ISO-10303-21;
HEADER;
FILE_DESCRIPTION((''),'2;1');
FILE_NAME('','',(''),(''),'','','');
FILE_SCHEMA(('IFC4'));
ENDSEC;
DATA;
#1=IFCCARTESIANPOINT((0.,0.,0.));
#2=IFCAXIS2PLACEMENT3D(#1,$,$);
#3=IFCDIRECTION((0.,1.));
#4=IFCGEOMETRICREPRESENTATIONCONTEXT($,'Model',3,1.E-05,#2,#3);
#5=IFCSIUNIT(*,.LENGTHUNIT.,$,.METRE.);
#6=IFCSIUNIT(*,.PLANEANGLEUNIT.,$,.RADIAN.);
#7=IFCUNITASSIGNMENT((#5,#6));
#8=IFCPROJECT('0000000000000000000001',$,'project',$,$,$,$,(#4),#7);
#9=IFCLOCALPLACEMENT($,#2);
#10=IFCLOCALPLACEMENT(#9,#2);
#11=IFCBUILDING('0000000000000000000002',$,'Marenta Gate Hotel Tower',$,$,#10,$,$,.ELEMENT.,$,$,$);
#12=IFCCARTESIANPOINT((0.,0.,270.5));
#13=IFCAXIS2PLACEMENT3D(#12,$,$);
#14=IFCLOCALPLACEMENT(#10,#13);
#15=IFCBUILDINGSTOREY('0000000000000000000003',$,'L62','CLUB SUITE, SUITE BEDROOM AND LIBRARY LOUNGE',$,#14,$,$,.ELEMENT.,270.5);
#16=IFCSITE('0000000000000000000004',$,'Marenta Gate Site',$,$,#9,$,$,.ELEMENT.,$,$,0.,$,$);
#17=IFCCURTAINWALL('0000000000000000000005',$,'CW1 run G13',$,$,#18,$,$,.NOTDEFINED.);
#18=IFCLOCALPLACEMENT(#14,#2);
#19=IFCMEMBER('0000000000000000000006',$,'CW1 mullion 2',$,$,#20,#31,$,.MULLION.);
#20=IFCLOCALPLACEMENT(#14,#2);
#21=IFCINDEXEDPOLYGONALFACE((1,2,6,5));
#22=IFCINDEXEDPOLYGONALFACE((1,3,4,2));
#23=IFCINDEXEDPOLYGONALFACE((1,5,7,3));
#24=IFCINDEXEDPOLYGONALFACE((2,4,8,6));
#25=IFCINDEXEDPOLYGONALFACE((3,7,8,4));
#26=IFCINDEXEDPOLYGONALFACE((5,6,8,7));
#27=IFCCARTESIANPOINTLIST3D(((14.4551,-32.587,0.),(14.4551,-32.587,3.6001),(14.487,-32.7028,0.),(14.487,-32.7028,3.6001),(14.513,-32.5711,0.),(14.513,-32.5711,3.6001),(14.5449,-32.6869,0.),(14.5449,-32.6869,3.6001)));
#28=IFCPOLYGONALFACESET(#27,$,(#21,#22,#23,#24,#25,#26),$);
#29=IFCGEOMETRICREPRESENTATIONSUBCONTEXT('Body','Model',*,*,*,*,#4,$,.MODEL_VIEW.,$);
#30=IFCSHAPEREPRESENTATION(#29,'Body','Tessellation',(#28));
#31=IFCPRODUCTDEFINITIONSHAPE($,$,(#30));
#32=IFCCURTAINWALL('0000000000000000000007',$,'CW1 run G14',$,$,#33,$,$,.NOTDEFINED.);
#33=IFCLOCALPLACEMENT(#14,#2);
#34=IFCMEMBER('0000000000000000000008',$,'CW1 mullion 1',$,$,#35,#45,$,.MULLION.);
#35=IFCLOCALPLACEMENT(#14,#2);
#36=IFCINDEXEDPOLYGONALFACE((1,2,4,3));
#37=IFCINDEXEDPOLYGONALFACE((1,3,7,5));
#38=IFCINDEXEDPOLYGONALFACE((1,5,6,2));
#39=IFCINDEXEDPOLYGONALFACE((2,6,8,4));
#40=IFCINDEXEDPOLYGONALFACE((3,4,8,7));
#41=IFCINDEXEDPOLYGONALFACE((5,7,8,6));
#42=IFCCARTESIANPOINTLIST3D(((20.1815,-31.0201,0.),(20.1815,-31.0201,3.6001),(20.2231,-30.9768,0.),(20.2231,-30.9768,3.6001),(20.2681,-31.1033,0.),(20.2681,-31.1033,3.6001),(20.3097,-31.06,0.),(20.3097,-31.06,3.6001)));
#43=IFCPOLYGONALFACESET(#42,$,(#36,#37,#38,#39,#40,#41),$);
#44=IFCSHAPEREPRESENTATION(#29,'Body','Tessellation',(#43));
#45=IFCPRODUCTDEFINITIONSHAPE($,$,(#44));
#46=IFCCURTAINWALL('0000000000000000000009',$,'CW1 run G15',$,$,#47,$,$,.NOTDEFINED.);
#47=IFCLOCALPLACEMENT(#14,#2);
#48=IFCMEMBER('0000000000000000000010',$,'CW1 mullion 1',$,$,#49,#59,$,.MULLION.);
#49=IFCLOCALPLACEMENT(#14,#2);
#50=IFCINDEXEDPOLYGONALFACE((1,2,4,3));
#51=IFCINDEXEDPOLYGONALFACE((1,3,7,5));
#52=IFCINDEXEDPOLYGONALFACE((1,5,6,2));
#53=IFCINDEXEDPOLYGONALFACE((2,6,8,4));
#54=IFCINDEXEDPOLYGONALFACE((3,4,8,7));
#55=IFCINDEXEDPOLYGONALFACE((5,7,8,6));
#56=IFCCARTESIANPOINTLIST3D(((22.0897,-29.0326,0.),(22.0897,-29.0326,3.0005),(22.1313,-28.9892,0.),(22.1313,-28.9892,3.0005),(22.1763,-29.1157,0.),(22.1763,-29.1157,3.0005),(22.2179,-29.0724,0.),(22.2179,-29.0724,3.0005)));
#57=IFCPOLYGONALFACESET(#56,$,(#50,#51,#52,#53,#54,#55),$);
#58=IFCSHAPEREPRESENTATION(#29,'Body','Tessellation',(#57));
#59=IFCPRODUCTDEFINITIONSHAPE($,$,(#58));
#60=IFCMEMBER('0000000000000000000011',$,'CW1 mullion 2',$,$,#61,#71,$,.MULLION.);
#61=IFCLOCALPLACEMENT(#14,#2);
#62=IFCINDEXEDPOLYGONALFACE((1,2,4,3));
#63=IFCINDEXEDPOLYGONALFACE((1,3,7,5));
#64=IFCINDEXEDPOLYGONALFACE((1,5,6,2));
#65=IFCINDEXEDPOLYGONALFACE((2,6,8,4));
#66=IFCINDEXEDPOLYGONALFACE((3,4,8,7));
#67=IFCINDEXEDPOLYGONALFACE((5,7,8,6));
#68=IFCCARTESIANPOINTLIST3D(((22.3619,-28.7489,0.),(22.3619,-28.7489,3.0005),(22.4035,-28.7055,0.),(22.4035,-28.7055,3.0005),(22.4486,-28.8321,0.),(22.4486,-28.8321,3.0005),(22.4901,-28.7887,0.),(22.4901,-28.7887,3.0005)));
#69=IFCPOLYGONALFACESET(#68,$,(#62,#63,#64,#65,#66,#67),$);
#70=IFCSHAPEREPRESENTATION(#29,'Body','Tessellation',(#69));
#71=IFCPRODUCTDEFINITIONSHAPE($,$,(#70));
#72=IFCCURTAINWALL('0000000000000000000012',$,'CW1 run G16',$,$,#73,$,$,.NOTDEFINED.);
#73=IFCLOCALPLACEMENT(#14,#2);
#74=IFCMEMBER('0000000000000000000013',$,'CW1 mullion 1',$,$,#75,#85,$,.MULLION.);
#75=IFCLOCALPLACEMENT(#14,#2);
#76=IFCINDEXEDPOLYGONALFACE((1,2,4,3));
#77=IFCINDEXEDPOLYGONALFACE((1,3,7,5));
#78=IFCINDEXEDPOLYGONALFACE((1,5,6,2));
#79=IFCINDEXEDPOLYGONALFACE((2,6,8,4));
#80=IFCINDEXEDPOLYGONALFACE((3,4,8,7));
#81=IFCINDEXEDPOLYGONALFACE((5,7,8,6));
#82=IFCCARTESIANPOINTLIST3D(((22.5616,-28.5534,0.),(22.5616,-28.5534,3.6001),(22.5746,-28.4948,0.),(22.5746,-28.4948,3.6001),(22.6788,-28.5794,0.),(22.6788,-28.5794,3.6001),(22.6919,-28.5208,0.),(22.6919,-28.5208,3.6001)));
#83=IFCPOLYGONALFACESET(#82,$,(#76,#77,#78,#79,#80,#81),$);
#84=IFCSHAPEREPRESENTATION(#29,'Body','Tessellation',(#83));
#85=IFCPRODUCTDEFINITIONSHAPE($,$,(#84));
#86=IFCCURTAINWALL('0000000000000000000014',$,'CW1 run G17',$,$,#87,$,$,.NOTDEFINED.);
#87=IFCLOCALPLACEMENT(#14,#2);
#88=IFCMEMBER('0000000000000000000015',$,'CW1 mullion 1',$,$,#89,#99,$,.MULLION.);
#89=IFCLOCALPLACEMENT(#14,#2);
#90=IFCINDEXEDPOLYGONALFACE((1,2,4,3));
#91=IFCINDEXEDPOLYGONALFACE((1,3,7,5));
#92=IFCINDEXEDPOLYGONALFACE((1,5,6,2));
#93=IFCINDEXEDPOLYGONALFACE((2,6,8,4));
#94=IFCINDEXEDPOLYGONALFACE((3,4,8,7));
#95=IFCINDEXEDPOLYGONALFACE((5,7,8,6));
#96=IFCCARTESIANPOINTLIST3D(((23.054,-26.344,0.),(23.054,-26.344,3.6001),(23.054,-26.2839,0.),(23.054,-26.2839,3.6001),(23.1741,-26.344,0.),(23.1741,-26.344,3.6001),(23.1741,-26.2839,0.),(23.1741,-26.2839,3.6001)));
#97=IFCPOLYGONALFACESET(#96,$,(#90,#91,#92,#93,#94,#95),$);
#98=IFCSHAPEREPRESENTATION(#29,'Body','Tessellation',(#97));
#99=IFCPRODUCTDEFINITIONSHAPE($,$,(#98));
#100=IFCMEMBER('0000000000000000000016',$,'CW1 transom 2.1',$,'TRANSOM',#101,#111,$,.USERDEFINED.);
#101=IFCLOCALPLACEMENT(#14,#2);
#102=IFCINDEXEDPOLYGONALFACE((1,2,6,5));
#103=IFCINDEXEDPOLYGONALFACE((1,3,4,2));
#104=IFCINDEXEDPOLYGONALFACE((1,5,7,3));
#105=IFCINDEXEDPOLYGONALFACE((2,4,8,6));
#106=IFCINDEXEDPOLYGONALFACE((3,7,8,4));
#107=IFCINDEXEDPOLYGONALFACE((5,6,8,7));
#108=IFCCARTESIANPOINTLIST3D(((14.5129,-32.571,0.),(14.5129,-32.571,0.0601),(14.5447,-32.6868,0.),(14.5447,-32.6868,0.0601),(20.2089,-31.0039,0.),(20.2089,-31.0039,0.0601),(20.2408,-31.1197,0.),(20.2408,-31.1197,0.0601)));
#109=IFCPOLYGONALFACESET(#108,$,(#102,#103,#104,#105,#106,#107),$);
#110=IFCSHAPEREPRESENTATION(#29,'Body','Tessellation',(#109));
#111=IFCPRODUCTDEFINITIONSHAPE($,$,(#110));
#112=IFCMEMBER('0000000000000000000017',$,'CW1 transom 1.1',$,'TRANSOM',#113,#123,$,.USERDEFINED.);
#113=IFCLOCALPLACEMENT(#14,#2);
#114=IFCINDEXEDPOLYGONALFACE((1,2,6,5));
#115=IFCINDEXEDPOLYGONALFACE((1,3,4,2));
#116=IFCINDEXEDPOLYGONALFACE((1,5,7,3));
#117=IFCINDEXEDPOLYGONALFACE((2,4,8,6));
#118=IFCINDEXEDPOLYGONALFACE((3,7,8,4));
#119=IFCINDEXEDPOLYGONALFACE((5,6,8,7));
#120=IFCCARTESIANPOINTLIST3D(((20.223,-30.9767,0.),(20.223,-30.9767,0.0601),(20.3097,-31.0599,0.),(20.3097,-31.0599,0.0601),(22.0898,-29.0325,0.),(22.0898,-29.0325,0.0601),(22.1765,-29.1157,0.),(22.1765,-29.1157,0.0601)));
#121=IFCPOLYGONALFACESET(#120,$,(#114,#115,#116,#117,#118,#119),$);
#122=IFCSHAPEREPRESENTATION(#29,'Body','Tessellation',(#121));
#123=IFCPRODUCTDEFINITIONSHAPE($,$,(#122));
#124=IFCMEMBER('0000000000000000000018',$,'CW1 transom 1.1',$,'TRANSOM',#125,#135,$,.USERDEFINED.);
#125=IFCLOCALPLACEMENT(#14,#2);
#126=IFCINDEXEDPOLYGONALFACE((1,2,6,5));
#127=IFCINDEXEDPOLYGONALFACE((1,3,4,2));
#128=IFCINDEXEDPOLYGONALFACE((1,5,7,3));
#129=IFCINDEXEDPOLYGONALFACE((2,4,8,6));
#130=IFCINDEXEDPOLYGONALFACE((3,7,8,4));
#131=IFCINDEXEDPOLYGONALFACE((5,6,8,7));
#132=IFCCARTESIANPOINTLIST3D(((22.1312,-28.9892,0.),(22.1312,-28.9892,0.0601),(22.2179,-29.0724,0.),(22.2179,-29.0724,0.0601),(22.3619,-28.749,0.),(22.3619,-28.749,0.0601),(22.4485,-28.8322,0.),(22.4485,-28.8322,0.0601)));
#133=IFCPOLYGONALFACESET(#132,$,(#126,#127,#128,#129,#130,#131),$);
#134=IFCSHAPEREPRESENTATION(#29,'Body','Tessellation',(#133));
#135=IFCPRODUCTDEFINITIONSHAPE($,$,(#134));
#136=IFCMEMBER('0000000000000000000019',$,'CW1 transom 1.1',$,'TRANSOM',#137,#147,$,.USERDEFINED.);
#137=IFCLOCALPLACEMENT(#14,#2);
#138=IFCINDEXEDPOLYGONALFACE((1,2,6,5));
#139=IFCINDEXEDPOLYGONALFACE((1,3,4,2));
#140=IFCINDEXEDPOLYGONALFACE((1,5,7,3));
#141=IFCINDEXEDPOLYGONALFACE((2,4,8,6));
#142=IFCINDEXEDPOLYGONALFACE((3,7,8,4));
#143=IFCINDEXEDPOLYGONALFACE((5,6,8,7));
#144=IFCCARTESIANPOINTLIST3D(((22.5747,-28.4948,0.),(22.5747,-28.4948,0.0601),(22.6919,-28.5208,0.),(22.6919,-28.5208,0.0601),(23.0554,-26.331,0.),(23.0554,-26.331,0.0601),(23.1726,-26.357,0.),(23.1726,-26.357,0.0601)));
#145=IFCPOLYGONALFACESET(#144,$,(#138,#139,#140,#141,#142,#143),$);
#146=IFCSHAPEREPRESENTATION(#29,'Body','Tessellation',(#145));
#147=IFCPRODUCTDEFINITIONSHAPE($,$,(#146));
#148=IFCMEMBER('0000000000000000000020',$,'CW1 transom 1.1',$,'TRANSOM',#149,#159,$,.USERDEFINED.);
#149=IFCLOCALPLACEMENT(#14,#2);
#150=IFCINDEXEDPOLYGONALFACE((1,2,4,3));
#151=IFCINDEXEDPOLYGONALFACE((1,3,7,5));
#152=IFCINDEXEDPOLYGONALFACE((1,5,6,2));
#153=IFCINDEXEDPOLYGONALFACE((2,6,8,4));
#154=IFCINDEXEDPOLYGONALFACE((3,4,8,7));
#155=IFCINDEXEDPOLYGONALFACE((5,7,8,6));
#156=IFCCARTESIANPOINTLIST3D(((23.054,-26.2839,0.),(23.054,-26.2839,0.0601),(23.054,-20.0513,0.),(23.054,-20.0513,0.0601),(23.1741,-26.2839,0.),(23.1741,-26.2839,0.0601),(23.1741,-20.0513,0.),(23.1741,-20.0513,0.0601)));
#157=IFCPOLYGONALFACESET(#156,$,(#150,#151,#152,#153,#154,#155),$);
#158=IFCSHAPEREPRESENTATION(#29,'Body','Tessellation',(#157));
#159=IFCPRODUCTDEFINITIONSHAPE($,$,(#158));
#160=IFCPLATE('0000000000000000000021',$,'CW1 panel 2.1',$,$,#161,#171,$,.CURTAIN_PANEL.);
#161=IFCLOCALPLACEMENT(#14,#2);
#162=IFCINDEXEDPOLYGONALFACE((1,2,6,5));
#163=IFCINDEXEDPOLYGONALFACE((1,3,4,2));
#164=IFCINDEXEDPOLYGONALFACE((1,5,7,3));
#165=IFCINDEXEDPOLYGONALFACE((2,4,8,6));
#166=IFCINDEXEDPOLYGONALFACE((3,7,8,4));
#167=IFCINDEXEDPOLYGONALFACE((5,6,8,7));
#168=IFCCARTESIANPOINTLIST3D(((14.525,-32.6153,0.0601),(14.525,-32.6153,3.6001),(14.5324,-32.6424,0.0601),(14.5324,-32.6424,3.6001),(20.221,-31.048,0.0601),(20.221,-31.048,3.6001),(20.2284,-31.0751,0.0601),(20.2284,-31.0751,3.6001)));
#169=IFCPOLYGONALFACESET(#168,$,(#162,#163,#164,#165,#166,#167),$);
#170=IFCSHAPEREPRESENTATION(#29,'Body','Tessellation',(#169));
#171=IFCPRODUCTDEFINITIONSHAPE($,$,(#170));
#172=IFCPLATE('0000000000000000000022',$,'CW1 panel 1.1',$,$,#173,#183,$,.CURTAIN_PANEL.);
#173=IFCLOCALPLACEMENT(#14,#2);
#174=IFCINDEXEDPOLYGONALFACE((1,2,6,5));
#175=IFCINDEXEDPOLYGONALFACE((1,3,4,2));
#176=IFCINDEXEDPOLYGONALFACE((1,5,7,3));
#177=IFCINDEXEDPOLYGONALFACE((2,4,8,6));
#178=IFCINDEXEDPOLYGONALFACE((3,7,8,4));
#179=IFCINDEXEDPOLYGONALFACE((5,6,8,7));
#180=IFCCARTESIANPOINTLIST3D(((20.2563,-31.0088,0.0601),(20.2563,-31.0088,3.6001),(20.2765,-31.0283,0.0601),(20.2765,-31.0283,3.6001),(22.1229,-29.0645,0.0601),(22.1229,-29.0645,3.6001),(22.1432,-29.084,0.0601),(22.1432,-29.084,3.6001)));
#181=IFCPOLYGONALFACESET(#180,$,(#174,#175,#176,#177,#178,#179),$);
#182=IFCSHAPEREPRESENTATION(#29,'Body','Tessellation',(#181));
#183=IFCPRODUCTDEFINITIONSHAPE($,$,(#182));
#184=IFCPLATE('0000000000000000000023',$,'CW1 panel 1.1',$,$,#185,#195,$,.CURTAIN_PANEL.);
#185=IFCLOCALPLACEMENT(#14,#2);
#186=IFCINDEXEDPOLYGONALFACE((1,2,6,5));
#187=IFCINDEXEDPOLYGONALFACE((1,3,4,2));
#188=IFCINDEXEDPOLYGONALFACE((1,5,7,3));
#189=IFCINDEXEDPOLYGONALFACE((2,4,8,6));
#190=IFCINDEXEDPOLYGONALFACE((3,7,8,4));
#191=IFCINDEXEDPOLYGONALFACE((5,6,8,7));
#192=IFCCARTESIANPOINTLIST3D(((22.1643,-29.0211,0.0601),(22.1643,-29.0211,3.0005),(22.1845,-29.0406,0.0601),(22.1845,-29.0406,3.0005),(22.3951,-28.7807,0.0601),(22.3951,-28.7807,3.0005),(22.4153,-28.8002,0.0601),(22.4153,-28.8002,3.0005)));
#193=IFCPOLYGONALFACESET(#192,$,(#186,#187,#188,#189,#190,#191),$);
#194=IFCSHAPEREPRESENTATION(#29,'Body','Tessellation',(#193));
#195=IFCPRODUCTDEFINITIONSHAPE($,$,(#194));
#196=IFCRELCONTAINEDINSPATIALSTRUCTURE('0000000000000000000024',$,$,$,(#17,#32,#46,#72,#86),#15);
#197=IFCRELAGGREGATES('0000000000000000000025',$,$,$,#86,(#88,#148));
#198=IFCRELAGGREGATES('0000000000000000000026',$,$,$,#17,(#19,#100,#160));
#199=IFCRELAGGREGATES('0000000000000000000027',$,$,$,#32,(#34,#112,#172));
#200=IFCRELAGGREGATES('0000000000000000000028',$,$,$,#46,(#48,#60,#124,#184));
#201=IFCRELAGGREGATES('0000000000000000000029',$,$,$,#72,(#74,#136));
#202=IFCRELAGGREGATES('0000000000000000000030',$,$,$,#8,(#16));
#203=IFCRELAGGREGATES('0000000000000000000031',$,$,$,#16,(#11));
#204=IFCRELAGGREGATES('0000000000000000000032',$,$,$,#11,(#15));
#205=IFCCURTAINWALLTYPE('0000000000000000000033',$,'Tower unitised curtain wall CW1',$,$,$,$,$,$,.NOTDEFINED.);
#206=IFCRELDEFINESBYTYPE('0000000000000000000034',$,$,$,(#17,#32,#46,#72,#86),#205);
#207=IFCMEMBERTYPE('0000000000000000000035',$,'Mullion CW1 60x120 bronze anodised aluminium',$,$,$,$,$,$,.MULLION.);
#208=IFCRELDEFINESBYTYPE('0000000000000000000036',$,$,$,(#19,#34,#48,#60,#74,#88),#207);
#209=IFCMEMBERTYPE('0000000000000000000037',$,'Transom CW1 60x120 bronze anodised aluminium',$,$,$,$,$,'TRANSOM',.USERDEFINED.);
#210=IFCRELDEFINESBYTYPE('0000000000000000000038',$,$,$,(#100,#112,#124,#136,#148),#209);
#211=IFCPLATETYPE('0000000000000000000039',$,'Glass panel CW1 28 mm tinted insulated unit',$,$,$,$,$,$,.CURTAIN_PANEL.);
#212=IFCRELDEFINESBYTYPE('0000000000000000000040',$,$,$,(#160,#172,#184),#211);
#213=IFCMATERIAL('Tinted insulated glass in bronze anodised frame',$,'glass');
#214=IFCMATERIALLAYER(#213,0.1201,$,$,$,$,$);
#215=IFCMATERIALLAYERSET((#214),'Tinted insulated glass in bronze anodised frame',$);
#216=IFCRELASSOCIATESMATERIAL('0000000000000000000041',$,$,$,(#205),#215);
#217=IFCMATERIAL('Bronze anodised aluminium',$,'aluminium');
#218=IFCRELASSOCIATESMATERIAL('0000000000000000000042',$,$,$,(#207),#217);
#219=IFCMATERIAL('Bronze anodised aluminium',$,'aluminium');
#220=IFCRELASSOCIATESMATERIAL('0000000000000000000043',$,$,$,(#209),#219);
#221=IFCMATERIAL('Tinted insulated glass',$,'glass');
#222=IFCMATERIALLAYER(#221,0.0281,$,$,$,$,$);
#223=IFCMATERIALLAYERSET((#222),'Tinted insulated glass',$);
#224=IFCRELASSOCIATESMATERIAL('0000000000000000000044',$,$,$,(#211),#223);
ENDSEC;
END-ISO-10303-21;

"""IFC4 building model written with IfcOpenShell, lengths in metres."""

from ifc_helpers import new_model, si_unit, direction, frame, origin, origin_2d, place, context, subcontext, project, spatial, rectangle, extrude, material, layer, layer_set, material_profile, profile_set, type_object, element, aggregate, save


model = new_model("IFC4")

# Units and contexts
model_context = context("Model", 3, precision=1e-05, world=origin(), true_north=direction((0.0, 1.0)))
body_context = subcontext(model_context, "Body", "Model", "MODEL_VIEW")
ifc_project = project(units=[si_unit("LENGTHUNIT", "METRE"), si_unit("PLANEANGLEUNIT", "RADIAN")], contexts=[model_context])

# Site, building, storey
site_placement = place(None, origin())
site = spatial("IfcSite", under=ifc_project, at=site_placement, Name="Marenta Gate Site", CompositionType="ELEMENT", RefElevation=0.0)
building_placement = place(site_placement, origin())
building = spatial("IfcBuilding", under=site, at=building_placement, Name="Marenta Gate Hotel Tower", CompositionType="ELEMENT")
storey_placement = place(building_placement, frame((0.0, 0.0, 270.5)))
storey = spatial("IfcBuildingStorey", under=building, at=storey_placement, Name="L62", Description="CLUB SUITE, SUITE BEDROOM AND LIBRARY LOUNGE", CompositionType="ELEMENT", Elevation=270.5)

# Curtain walls, members
ifc_material_1 = material(Name="Tinted insulated glass in bronze anodised frame", Category="glass")
ifc_layer_1 = layer(ifc_material_1, 0.1201)
ifc_layer_set_1 = layer_set([ifc_layer_1], Name="Tinted insulated glass in bronze anodised frame")
curtain_wall_type = type_object("IfcCurtainWallType", Name="Tower unitised curtain wall CW1", PredefinedType="NOTDEFINED", material=ifc_layer_set_1)
curtain_wall_1_placement = place(storey_placement, origin())
curtain_wall_1 = element("IfcCurtainWall", 1, at=curtain_wall_1_placement, inside=storey, type_object=curtain_wall_type, Name="CW1 run G13", PredefinedType="NOTDEFINED")
ifc_material_2 = material(Name="Bronze anodised aluminium", Category="aluminium")
ifc_material_profile_1 = material_profile(ifc_material_2, rectangle(XDim=0.1201, YDim=0.0601, at=origin_2d()), Name="Mullion CW1 60x120 bronze anodised aluminium")
ifc_profile_set_1 = profile_set([ifc_material_profile_1], Name="Bronze anodised aluminium")
member_type_1 = type_object("IfcMemberType", Name="Mullion CW1 60x120 bronze anodised aluminium", PredefinedType="MULLION", material=ifc_profile_set_1)
member_1_placement = place(storey_placement, frame((14.5, -32.637, 0.0), z_axis=(0.0, 0.0, 1.0), x_axis=(-0.265292, 0.964168, 0.0)))
member_1 = element("IfcMember", 2, at=member_1_placement, type_object=member_type_1, Name="CW1 mullion 2", PredefinedType="MULLION", context=body_context, shape_type="SweptSolid", body=[
    extrude(rectangle(XDim=0.1201, YDim=0.0601, at=origin_2d()), origin(), (0.0, 0.0, 1.0), 3.6001),
])
curtain_wall_2_placement = place(storey_placement, origin())
curtain_wall_2 = element("IfcCurtainWall", 3, at=curtain_wall_2_placement, inside=storey, type_object=curtain_wall_type, Name="CW1 run G14", PredefinedType="NOTDEFINED")
member_2_placement = place(storey_placement, frame((20.2456, -31.04, 0.0), z_axis=(0.0, 0.0, 1.0), x_axis=(-0.721368, 0.692551, 0.0)))
member_2 = element("IfcMember", 4, at=member_2_placement, type_object=member_type_1, Name="CW1 mullion 1", PredefinedType="MULLION", context=body_context, shape_type="SweptSolid", body=[
    extrude(rectangle(XDim=0.1201, YDim=0.0601, at=origin_2d()), origin(), (0.0, 0.0, 1.0), 3.6001),
])

# Curtain wall, members
curtain_wall_3_placement = place(storey_placement, origin())
curtain_wall_3 = element("IfcCurtainWall", 5, at=curtain_wall_3_placement, inside=storey, type_object=curtain_wall_type, Name="CW1 run G15", PredefinedType="NOTDEFINED")
member_3_placement = place(storey_placement, frame((22.1538, -29.0525, 0.0), z_axis=(0.0, 0.0, 1.0), x_axis=(-0.721414, 0.692504, 0.0)))
member_3 = element("IfcMember", 6, at=member_3_placement, type_object=member_type_1, Name="CW1 mullion 1", PredefinedType="MULLION", context=body_context, shape_type="SweptSolid", body=[
    extrude(rectangle(XDim=0.1201, YDim=0.0601, at=origin_2d()), origin(), (0.0, 0.0, 1.0), 3.0005),
])
member_4_placement = place(storey_placement, frame((22.426, -28.7688, 0.0), z_axis=(0.0, 0.0, 1.0), x_axis=(-0.721414, 0.692504, 0.0)))
member_4 = element("IfcMember", 7, at=member_4_placement, type_object=member_type_1, Name="CW1 mullion 2", PredefinedType="MULLION", context=body_context, shape_type="SweptSolid", body=[
    extrude(rectangle(XDim=0.1201, YDim=0.0601, at=origin_2d()), origin(), (0.0, 0.0, 1.0), 3.0005),
])

# Curtain walls, members
curtain_wall_4_placement = place(storey_placement, origin())
curtain_wall_4 = element("IfcCurtainWall", 8, at=curtain_wall_4_placement, inside=storey, type_object=curtain_wall_type, Name="CW1 run G16", PredefinedType="NOTDEFINED")
member_5_placement = place(storey_placement, frame((22.6267, -28.5371, 0.0), z_axis=(0.0, 0.0, 1.0), x_axis=(-0.976207, 0.216842, 0.0)))
member_5 = element("IfcMember", 9, at=member_5_placement, type_object=member_type_1, Name="CW1 mullion 1", PredefinedType="MULLION", context=body_context, shape_type="SweptSolid", body=[
    extrude(rectangle(XDim=0.1201, YDim=0.0601, at=origin_2d()), origin(), (0.0, 0.0, 1.0), 3.6001),
])
curtain_wall_5_placement = place(storey_placement, origin())
curtain_wall_5 = element("IfcCurtainWall", 10, at=curtain_wall_5_placement, inside=storey, type_object=curtain_wall_type, Name="CW1 run G17", PredefinedType="NOTDEFINED")
member_6_placement = place(storey_placement, frame((23.114, -26.314, 0.0), z_axis=(0.0, 0.0, 1.0), x_axis=(-1.0, 0.0, 0.0)))
member_6 = element("IfcMember", 11, at=member_6_placement, type_object=member_type_1, Name="CW1 mullion 1", PredefinedType="MULLION", context=body_context, shape_type="SweptSolid", body=[
    extrude(rectangle(XDim=0.1201, YDim=0.0601, at=origin_2d()), origin(), (0.0, 0.0, 1.0), 3.6001),
])

# Members
ifc_material_3 = material(Name="Bronze anodised aluminium", Category="aluminium")
ifc_material_profile_2 = material_profile(ifc_material_3, rectangle(XDim=0.1201, YDim=0.0601, at=origin_2d()), Name="Transom CW1 60x120 bronze anodised aluminium")
ifc_profile_set_2 = profile_set([ifc_material_profile_2], Name="Bronze anodised aluminium")
member_type_2 = type_object("IfcMemberType", Name="Transom CW1 60x120 bronze anodised aluminium", ElementType="TRANSOM", PredefinedType="USERDEFINED", material=ifc_profile_set_2)
member_7_placement = place(storey_placement, frame((14.5288, -32.6289, 0.03), z_axis=(0.964174, 0.265271, 0.0), x_axis=(-0.265271, 0.964174, 0.0)))
member_7 = element("IfcMember", 12, at=member_7_placement, type_object=member_type_2, Name="CW1 transom 2.1", ObjectType="TRANSOM", PredefinedType="USERDEFINED", context=body_context, shape_type="SweptSolid", body=[
    extrude(rectangle(XDim=0.1201, YDim=0.0601, at=origin_2d()), origin(), (0.0, 0.0, 1.0), 5.9077),
])
member_8_placement = place(storey_placement, frame((20.2664, -31.0183, 0.03), z_axis=(0.692603, 0.721319, 0.0), x_axis=(-0.721319, 0.692603, 0.0)))
member_8 = element("IfcMember", 13, at=member_8_placement, type_object=member_type_2, Name="CW1 transom 1.1", ObjectType="TRANSOM", PredefinedType="USERDEFINED", context=body_context, shape_type="SweptSolid", body=[
    extrude(rectangle(XDim=0.1201, YDim=0.0601, at=origin_2d()), origin(), (0.0, 0.0, 1.0), 2.6953),
])
member_9_placement = place(storey_placement, frame((22.1746, -29.0308, 0.03), z_axis=(0.692669, 0.721255, 0.0), x_axis=(-0.721255, 0.692669, 0.0)))
member_9 = element("IfcMember", 14, at=member_9_placement, type_object=member_type_2, Name="CW1 transom 1.1", ObjectType="TRANSOM", PredefinedType="USERDEFINED", context=body_context, shape_type="SweptSolid", body=[
    extrude(rectangle(XDim=0.1201, YDim=0.0601, at=origin_2d()), origin(), (0.0, 0.0, 1.0), 0.333),
])
member_10_placement = place(storey_placement, frame((22.6333, -28.5078, 0.03), z_axis=(0.216872, 0.9762, 0.0), x_axis=(-0.9762, 0.216872, 0.0)))
member_10 = element("IfcMember", 15, at=member_10_placement, type_object=member_type_2, Name="CW1 transom 1.1", ObjectType="TRANSOM", PredefinedType="USERDEFINED", context=body_context, shape_type="SweptSolid", body=[
    extrude(rectangle(XDim=0.1201, YDim=0.0601, at=origin_2d()), origin(), (0.0, 0.0, 1.0), 2.2166),
])
member_11_placement = place(storey_placement, frame((23.114, -26.2839, 0.03), z_axis=(0.0, 1.0, 0.0), x_axis=(-1.0, 0.0, 0.0)))
member_11 = element("IfcMember", 16, at=member_11_placement, type_object=member_type_2, Name="CW1 transom 1.1", ObjectType="TRANSOM", PredefinedType="USERDEFINED", context=body_context, shape_type="SweptSolid", body=[
    extrude(rectangle(XDim=0.1201, YDim=0.0601, at=origin_2d()), origin(), (0.0, 0.0, 1.0), 6.2327),
])
aggregate(curtain_wall_5, [member_6, member_11])

# Plates
ifc_material_4 = material(Name="Tinted insulated glass", Category="glass")
ifc_layer_2 = layer(ifc_material_4, 0.0281)
ifc_layer_set_2 = layer_set([ifc_layer_2], Name="Tinted insulated glass")
plate_type = type_object("IfcPlateType", Name="Glass panel CW1 28 mm tinted insulated unit", PredefinedType="CURTAIN_PANEL", material=ifc_layer_set_2)
plate_1_placement = place(storey_placement, frame((17.3767, -31.8452, 0.0601), z_axis=(0.0, 0.0, 1.0), x_axis=(0.964168, 0.265292, 0.0)))
plate_1 = element("IfcPlate", 17, at=plate_1_placement, type_object=plate_type, Name="CW1 panel 2.1", PredefinedType="CURTAIN_PANEL", context=body_context, shape_type="SweptSolid", body=[
    extrude(rectangle(XDim=5.9077, YDim=0.0281, at=origin_2d()), origin(), (0.0, 0.0, 1.0), 3.54),
])
aggregate(curtain_wall_1, [member_1, member_7, plate_1])
plate_2_placement = place(storey_placement, frame((21.1997, -30.0464, 0.0601), z_axis=(0.0, 0.0, 1.0), x_axis=(0.692551, 0.721368, 0.0)))
plate_2 = element("IfcPlate", 18, at=plate_2_placement, type_object=plate_type, Name="CW1 panel 1.1", PredefinedType="CURTAIN_PANEL", context=body_context, shape_type="SweptSolid", body=[
    extrude(rectangle(XDim=2.6953, YDim=0.0281, at=origin_2d()), origin(), (0.0, 0.0, 1.0), 3.54),
])
aggregate(curtain_wall_2, [member_2, member_8, plate_2])
plate_3_placement = place(storey_placement, frame((22.2898, -28.9106, 0.0601), z_axis=(0.0, 0.0, 1.0), x_axis=(0.692504, 0.721414, 0.0)))
plate_3 = element("IfcPlate", 19, at=plate_3_placement, type_object=plate_type, Name="CW1 panel 1.1", PredefinedType="CURTAIN_PANEL", context=body_context, shape_type="SweptSolid", body=[
    extrude(rectangle(XDim=0.3333, YDim=0.0281, at=origin_2d()), origin(), (0.0, 0.0, 1.0), 2.9404),
])
aggregate(curtain_wall_3, [member_3, member_4, member_9, plate_3])
aggregate(curtain_wall_4, [member_5, member_10])

save(model, "model.ifc")
